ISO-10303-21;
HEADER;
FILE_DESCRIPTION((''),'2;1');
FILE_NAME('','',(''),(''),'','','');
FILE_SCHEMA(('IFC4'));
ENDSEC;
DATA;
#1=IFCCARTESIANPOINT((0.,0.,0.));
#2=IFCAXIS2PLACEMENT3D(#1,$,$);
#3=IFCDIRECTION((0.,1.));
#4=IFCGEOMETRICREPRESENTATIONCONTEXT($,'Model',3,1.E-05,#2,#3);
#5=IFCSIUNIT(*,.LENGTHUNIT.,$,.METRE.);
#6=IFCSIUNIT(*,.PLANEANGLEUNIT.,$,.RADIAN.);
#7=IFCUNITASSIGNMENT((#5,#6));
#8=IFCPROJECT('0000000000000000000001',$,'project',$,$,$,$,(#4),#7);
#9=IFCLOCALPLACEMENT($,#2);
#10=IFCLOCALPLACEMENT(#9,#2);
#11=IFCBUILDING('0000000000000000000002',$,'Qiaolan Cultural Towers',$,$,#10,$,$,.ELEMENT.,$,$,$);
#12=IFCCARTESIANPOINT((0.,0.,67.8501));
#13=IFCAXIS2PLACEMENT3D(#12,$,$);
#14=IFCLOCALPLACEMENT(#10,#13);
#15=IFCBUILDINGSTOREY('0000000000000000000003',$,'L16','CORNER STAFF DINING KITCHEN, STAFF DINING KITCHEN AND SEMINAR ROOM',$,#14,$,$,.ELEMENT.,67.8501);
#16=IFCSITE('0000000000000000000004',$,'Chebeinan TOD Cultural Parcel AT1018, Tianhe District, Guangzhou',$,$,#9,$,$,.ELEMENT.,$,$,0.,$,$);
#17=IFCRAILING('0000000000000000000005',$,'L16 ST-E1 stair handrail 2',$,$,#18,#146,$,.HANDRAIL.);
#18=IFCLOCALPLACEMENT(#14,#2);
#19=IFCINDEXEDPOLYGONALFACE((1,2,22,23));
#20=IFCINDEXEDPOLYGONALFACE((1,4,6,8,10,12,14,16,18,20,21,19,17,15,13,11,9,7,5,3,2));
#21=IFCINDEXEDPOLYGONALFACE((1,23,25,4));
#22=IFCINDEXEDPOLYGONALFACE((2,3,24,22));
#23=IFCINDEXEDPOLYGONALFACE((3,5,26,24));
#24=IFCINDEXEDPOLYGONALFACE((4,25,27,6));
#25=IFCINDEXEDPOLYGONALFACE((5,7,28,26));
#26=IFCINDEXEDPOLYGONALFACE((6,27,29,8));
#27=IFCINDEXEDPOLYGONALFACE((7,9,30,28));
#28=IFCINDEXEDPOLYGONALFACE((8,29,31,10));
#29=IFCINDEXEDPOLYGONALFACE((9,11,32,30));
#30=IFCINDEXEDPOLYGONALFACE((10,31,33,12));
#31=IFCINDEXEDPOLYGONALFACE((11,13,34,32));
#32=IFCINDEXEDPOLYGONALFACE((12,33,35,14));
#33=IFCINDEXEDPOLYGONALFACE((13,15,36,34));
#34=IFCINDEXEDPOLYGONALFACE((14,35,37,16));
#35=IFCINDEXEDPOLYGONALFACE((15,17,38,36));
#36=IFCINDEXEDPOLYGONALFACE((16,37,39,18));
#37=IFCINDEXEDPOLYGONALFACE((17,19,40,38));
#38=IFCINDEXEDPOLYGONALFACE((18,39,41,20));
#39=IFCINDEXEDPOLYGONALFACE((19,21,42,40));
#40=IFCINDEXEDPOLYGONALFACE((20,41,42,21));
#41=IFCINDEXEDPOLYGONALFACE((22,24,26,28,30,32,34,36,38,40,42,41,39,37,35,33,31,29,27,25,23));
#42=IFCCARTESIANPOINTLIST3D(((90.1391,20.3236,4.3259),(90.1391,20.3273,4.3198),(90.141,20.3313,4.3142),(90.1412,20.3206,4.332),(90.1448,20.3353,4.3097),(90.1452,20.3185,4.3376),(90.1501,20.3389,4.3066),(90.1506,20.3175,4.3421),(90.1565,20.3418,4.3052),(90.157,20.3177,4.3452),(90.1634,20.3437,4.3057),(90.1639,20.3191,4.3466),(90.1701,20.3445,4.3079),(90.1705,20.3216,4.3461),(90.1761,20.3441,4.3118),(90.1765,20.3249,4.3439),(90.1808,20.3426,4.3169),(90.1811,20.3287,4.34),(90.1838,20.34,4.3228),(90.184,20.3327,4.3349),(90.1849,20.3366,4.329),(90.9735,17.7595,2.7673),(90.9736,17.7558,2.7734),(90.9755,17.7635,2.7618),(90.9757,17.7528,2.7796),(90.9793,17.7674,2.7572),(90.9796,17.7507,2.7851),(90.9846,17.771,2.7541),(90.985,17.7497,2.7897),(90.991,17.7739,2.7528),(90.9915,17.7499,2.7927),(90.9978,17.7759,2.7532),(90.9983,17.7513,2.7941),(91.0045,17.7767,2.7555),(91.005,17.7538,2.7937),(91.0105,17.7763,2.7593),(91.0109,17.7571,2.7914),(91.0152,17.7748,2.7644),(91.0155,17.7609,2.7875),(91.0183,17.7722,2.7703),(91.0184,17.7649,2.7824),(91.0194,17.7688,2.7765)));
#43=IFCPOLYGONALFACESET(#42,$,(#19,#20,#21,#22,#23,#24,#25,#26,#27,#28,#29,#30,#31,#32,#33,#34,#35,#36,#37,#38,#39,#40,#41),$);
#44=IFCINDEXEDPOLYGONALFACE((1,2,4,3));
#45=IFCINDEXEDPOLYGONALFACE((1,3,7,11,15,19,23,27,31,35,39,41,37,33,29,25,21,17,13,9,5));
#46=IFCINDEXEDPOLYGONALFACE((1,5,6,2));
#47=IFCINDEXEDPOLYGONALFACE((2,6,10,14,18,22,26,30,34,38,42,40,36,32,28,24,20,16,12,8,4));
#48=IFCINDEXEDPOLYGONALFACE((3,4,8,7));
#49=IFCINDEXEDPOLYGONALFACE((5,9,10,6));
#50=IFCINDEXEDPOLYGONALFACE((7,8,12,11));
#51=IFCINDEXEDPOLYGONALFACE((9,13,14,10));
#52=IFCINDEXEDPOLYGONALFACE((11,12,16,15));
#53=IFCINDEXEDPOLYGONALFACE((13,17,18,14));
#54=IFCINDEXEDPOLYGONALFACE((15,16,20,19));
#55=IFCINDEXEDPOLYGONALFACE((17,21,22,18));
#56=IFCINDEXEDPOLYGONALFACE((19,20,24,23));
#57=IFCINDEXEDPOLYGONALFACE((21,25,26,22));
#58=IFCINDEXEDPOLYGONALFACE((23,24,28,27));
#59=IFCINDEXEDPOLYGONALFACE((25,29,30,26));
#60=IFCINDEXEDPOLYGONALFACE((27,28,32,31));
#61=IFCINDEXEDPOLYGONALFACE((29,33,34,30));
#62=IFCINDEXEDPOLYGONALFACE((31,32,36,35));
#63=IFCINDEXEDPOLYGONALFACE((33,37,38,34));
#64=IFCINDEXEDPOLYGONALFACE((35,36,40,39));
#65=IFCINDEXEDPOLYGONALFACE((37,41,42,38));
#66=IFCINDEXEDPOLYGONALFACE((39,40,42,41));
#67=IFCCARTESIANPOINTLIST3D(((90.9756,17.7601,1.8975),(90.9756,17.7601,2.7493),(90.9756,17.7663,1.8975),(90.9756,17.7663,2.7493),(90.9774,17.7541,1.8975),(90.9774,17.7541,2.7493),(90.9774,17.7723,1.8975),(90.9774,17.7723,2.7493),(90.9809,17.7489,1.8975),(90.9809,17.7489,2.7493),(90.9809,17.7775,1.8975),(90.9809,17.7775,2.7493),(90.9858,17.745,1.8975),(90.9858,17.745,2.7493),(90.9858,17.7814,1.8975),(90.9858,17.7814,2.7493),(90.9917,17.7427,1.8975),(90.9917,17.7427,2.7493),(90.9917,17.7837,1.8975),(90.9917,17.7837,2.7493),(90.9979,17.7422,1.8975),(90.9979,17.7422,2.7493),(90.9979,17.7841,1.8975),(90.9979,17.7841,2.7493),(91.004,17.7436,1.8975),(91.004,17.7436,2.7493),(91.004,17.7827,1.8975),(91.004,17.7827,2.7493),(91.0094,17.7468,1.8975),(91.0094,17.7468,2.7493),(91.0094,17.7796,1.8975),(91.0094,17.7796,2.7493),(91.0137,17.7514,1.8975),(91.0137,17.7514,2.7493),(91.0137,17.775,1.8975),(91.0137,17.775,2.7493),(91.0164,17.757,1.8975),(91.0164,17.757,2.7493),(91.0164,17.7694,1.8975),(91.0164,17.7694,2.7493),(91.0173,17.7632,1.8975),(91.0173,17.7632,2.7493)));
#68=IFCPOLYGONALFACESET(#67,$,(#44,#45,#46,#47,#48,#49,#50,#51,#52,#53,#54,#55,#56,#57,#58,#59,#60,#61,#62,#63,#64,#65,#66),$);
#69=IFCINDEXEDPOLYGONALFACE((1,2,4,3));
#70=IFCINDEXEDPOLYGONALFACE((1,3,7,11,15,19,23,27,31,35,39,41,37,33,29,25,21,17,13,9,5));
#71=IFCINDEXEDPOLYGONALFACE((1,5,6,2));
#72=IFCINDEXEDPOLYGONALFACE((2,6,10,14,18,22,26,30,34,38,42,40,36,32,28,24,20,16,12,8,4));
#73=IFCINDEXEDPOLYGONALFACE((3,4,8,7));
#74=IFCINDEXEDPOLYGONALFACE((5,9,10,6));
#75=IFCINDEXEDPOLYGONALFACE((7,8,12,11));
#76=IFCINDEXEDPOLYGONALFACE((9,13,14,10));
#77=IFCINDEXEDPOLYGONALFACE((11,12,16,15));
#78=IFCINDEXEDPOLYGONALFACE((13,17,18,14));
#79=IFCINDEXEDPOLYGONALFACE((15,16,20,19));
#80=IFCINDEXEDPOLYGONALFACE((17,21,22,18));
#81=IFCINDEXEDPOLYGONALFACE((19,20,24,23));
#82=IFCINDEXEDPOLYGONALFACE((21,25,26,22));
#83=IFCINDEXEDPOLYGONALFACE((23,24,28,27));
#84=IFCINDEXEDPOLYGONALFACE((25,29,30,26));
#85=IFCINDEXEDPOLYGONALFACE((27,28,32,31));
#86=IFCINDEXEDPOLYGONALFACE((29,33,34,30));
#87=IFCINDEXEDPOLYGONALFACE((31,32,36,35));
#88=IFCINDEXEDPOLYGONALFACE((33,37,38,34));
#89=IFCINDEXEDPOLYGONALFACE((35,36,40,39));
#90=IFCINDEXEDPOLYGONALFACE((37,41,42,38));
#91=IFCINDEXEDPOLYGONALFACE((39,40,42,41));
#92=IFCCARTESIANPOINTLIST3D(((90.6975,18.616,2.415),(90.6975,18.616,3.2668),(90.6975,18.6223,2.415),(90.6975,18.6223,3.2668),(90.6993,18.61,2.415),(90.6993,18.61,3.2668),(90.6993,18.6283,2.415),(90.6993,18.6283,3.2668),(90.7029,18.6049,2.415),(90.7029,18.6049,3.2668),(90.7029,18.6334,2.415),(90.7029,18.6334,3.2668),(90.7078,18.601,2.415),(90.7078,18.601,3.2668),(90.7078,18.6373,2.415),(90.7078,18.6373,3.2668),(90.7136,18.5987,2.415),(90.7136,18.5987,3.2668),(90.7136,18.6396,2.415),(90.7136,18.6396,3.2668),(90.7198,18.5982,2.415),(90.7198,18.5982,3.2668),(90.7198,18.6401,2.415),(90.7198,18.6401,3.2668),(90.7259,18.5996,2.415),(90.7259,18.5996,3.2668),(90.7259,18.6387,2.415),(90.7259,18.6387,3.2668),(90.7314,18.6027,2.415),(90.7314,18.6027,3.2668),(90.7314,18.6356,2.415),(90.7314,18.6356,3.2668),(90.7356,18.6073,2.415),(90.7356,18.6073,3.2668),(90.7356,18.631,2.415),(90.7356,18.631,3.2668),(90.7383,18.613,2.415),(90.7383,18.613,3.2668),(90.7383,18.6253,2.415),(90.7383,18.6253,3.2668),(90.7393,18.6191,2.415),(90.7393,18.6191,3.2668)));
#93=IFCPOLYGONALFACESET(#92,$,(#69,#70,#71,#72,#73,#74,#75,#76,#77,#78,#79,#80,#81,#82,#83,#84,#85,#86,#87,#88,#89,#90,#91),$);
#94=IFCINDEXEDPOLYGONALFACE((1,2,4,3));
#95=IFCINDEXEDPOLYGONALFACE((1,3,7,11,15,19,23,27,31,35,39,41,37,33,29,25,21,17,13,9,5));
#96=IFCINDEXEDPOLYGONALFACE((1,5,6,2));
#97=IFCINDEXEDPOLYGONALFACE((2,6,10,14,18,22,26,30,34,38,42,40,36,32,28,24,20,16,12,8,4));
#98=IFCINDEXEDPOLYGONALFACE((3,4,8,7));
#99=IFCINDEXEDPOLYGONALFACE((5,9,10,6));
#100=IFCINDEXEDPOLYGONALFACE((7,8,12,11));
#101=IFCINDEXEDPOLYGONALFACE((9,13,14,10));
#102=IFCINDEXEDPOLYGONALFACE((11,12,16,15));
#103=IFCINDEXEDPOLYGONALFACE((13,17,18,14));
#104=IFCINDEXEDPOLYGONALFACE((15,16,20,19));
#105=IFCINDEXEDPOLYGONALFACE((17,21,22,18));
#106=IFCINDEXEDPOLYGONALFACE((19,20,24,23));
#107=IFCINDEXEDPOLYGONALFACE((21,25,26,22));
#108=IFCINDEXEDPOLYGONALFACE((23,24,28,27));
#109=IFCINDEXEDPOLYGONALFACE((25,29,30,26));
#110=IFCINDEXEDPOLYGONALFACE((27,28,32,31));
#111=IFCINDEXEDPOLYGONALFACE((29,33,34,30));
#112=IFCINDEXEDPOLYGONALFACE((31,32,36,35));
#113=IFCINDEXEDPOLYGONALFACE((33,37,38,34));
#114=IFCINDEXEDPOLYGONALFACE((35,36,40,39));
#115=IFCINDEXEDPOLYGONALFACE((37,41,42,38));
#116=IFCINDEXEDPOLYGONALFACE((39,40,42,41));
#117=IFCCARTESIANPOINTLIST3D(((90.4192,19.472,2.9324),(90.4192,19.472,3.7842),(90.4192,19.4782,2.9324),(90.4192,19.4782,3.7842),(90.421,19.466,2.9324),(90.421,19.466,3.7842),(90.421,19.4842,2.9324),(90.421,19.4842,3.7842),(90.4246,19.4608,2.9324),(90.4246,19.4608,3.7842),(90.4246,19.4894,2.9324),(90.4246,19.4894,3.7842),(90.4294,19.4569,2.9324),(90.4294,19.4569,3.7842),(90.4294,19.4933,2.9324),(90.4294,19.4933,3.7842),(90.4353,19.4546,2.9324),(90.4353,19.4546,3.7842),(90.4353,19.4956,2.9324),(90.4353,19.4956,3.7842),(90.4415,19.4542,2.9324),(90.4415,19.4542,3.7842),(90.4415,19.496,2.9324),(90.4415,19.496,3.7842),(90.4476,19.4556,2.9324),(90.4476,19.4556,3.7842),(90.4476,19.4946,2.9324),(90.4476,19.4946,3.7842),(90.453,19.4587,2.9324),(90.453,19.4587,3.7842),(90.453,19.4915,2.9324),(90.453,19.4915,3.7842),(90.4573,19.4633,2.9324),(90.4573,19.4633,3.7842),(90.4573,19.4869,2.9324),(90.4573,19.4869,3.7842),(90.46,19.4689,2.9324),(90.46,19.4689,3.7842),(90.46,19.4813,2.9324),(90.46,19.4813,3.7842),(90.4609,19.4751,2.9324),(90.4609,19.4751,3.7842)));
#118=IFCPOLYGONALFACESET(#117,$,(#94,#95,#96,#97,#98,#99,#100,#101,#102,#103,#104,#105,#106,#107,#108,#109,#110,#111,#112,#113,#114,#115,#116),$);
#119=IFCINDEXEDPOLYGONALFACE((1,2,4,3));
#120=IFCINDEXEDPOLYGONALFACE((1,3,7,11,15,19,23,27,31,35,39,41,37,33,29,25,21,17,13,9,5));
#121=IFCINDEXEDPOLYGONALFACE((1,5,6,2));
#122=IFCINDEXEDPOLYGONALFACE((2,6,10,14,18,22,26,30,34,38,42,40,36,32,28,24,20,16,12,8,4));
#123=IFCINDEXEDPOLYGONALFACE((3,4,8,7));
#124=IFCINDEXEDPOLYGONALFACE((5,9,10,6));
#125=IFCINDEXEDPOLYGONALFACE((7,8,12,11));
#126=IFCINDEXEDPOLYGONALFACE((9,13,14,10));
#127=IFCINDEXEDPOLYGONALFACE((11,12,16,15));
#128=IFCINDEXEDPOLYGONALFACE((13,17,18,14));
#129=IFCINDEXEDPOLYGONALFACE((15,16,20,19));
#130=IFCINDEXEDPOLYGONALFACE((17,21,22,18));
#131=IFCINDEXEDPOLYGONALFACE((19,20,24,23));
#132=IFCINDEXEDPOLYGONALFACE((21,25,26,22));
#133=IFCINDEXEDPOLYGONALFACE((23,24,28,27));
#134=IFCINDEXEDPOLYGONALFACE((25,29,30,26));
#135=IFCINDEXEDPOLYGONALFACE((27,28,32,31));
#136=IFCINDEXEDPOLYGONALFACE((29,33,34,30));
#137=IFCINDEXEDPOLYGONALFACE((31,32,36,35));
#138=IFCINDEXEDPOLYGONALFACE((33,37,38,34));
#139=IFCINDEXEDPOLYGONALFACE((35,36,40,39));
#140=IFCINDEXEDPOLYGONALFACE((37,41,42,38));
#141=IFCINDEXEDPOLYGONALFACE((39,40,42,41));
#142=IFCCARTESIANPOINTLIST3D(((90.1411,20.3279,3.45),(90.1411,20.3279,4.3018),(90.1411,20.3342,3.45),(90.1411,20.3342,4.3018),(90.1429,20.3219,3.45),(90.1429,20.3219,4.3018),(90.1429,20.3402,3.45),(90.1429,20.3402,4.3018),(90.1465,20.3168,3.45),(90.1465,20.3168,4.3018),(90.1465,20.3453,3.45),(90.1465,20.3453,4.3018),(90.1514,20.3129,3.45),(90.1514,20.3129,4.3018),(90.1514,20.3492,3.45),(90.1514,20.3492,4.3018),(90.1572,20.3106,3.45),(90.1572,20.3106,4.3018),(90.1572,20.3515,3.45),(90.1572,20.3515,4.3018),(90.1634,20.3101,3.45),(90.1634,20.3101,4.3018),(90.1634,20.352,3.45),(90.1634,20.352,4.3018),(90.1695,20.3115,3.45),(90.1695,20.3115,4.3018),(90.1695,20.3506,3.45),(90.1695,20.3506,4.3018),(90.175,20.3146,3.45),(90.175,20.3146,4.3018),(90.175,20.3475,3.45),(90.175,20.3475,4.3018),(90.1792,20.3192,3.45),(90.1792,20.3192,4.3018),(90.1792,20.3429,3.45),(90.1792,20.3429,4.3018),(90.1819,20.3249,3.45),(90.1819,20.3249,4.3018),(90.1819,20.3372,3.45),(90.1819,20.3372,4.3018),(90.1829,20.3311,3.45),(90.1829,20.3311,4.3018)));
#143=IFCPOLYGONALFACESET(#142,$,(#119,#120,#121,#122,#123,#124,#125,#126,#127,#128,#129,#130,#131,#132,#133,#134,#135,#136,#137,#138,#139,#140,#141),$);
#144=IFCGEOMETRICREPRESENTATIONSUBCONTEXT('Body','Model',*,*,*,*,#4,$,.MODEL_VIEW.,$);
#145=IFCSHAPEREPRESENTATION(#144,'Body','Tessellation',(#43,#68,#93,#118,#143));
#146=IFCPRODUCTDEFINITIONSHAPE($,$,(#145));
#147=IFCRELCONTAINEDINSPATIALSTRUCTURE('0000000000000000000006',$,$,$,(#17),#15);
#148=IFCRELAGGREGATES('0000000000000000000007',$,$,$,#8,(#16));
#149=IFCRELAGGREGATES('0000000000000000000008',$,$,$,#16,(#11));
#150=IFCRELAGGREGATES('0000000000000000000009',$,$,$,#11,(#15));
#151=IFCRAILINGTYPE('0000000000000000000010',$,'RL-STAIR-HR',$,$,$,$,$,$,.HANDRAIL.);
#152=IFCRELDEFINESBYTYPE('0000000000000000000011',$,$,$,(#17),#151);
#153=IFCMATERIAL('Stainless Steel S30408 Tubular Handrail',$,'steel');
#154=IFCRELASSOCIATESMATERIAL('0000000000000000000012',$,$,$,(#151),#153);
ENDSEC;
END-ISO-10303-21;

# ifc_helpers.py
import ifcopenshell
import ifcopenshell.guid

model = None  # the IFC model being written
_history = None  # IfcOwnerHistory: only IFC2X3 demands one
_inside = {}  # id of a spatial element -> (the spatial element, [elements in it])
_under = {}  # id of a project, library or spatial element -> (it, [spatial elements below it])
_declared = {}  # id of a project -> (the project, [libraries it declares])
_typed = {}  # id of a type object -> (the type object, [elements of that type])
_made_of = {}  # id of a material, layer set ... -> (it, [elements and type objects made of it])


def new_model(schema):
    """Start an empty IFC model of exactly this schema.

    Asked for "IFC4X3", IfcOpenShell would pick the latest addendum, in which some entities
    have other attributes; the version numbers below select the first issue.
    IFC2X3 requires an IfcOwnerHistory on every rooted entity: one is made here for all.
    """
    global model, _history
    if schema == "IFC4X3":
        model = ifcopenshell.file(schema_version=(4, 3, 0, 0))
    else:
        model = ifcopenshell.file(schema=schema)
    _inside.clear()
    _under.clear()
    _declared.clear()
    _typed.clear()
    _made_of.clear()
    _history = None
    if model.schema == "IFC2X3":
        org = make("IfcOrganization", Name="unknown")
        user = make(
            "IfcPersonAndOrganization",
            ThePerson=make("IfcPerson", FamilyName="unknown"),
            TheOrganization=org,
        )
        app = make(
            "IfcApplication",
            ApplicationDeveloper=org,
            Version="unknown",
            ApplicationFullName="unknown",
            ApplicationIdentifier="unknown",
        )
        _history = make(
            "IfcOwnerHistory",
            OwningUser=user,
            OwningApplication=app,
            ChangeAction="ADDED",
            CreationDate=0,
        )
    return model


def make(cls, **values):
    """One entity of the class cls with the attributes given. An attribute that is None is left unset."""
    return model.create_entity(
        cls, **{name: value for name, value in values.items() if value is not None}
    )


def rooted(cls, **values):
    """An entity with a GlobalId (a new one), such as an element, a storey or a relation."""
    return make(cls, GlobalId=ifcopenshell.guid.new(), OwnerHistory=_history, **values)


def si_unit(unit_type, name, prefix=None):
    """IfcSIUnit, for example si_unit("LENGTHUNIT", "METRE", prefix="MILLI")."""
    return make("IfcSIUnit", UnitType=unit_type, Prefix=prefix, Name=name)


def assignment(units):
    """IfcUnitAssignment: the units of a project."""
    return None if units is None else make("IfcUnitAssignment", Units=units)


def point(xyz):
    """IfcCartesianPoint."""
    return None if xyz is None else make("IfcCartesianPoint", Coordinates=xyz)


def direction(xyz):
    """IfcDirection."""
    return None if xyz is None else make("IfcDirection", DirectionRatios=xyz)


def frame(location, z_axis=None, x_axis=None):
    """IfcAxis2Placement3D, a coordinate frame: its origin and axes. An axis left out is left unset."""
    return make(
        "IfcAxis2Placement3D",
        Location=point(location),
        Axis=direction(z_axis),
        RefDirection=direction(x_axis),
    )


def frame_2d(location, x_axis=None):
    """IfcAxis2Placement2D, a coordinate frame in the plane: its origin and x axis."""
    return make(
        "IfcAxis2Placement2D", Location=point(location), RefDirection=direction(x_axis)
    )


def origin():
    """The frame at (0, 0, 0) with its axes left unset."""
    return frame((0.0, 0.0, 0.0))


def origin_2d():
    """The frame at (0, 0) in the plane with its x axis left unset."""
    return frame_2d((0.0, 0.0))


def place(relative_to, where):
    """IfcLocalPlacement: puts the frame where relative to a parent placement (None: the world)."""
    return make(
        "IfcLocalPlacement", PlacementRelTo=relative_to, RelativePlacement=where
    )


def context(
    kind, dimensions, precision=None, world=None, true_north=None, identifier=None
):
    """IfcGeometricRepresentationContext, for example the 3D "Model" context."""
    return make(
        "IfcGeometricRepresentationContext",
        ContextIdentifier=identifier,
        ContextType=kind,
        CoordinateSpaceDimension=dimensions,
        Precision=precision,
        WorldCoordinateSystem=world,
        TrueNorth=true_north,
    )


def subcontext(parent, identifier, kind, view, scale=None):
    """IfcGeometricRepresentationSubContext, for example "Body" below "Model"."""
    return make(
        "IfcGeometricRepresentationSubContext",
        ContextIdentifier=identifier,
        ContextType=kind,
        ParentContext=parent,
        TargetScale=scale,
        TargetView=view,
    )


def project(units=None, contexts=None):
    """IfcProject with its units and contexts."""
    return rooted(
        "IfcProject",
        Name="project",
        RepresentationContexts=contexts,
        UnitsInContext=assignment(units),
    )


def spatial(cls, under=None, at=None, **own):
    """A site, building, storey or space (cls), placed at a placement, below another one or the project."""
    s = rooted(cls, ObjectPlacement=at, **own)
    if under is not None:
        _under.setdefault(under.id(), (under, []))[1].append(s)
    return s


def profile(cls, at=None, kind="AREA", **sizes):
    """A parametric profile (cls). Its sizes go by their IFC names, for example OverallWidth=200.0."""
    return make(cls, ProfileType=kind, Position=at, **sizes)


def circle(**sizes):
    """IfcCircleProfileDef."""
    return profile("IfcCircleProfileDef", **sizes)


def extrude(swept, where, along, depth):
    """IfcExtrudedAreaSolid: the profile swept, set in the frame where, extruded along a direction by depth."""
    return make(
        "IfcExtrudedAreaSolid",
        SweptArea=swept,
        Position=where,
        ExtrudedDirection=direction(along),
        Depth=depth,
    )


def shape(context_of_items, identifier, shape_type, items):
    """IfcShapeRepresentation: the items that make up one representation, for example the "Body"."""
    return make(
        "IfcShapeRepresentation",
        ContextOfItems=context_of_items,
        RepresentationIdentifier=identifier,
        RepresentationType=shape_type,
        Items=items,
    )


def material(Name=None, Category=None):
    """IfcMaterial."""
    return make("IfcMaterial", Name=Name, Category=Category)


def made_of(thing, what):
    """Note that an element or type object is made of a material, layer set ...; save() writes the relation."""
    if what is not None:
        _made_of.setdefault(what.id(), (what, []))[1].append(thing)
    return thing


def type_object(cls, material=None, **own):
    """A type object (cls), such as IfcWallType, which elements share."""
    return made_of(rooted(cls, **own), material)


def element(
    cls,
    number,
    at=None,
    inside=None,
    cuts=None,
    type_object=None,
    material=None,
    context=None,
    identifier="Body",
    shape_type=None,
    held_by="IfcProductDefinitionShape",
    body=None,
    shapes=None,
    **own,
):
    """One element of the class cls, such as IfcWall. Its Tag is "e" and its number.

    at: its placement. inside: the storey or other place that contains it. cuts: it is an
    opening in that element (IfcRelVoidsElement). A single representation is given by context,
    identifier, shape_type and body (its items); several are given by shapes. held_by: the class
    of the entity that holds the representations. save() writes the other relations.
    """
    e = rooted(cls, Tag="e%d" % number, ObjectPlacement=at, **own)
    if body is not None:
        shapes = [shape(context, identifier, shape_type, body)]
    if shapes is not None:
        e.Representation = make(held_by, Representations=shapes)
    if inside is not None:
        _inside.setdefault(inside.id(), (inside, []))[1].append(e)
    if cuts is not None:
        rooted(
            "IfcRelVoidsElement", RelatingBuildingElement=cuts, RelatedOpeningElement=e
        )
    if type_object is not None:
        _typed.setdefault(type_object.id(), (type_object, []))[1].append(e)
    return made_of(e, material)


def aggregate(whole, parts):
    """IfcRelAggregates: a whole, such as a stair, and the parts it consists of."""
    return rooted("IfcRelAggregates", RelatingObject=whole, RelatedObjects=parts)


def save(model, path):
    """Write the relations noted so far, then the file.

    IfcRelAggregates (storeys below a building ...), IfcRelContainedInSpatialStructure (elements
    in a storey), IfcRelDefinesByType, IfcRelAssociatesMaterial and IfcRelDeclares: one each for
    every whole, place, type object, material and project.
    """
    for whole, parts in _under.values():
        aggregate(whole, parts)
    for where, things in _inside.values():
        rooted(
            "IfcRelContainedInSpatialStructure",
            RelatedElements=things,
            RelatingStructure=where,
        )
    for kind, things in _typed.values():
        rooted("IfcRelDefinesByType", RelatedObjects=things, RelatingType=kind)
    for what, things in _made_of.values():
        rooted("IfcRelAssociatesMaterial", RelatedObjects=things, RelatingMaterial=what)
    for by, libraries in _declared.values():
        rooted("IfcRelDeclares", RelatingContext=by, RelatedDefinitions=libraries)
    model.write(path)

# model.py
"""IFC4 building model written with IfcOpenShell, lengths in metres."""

from ifc_helpers import new_model, si_unit, direction, frame, origin, origin_2d, place, context, subcontext, project, spatial, circle, extrude, material, type_object, element, save


model = new_model("IFC4")

# Units and contexts
model_context = context("Model", 3, precision=1e-05, world=origin(), true_north=direction((0.0, 1.0)))
body_context = subcontext(model_context, "Body", "Model", "MODEL_VIEW")
ifc_project = project(units=[si_unit("LENGTHUNIT", "METRE"), si_unit("PLANEANGLEUNIT", "RADIAN")], contexts=[model_context])

# Site, building, storey
site_placement = place(None, origin())
site = spatial("IfcSite", under=ifc_project, at=site_placement, Name="Chebeinan TOD Cultural Parcel AT1018, Tianhe District, Guangzhou", CompositionType="ELEMENT", RefElevation=0.0)
building_placement = place(site_placement, origin())
building = spatial("IfcBuilding", under=site, at=building_placement, Name="Qiaolan Cultural Towers", CompositionType="ELEMENT")
storey_placement = place(building_placement, frame((0.0, 0.0, 67.8501)))
storey = spatial("IfcBuildingStorey", under=building, at=storey_placement, Name="L16", Description="CORNER STAFF DINING KITCHEN, STAFF DINING KITCHEN AND SEMINAR ROOM", CompositionType="ELEMENT", Elevation=67.8501)

# Railing
ifc_material_1 = material(Name="Stainless Steel S30408 Tubular Handrail", Category="steel")
railing_type_1 = type_object("IfcRailingType", Name="RL-STAIR-HR", PredefinedType="HANDRAIL", material=ifc_material_1)
railing_1_placement = place(storey_placement, frame((90.9963, 17.7632, 1.8975)))
element("IfcRailing", 1, at=railing_1_placement, inside=storey, type_object=railing_type_1, Name="L16 ST-E1 stair handrail 2", PredefinedType="HANDRAIL", context=body_context, shape_type="SweptSolid", body=[
    extrude(circle(Radius=0.0239, at=origin_2d()), frame((0.0, 0.0, 0.876), z_axis=(-0.267926, 0.824471, 0.498461), x_axis=(-0.951043, -0.309057, 0.0)), (0.0, 0.0, 1.0), 3.1145),
    extrude(circle(Radius=0.021, at=origin_2d()), origin(), (0.0, 0.0, 1.0), 0.8518),
    extrude(circle(Radius=0.021, at=origin_2d()), frame((-0.2781, 0.856, 0.5176)), (0.0, 0.0, 1.0), 0.8518),
    extrude(circle(Radius=0.021, at=origin_2d()), frame((-0.5564, 1.7119, 1.0349)), (0.0, 0.0, 1.0), 0.8518),
    extrude(circle(Radius=0.021, at=origin_2d()), frame((-0.8345, 2.5679, 1.5525)), (0.0, 0.0, 1.0), 0.8518),
])

save(model, "model.ifc")
